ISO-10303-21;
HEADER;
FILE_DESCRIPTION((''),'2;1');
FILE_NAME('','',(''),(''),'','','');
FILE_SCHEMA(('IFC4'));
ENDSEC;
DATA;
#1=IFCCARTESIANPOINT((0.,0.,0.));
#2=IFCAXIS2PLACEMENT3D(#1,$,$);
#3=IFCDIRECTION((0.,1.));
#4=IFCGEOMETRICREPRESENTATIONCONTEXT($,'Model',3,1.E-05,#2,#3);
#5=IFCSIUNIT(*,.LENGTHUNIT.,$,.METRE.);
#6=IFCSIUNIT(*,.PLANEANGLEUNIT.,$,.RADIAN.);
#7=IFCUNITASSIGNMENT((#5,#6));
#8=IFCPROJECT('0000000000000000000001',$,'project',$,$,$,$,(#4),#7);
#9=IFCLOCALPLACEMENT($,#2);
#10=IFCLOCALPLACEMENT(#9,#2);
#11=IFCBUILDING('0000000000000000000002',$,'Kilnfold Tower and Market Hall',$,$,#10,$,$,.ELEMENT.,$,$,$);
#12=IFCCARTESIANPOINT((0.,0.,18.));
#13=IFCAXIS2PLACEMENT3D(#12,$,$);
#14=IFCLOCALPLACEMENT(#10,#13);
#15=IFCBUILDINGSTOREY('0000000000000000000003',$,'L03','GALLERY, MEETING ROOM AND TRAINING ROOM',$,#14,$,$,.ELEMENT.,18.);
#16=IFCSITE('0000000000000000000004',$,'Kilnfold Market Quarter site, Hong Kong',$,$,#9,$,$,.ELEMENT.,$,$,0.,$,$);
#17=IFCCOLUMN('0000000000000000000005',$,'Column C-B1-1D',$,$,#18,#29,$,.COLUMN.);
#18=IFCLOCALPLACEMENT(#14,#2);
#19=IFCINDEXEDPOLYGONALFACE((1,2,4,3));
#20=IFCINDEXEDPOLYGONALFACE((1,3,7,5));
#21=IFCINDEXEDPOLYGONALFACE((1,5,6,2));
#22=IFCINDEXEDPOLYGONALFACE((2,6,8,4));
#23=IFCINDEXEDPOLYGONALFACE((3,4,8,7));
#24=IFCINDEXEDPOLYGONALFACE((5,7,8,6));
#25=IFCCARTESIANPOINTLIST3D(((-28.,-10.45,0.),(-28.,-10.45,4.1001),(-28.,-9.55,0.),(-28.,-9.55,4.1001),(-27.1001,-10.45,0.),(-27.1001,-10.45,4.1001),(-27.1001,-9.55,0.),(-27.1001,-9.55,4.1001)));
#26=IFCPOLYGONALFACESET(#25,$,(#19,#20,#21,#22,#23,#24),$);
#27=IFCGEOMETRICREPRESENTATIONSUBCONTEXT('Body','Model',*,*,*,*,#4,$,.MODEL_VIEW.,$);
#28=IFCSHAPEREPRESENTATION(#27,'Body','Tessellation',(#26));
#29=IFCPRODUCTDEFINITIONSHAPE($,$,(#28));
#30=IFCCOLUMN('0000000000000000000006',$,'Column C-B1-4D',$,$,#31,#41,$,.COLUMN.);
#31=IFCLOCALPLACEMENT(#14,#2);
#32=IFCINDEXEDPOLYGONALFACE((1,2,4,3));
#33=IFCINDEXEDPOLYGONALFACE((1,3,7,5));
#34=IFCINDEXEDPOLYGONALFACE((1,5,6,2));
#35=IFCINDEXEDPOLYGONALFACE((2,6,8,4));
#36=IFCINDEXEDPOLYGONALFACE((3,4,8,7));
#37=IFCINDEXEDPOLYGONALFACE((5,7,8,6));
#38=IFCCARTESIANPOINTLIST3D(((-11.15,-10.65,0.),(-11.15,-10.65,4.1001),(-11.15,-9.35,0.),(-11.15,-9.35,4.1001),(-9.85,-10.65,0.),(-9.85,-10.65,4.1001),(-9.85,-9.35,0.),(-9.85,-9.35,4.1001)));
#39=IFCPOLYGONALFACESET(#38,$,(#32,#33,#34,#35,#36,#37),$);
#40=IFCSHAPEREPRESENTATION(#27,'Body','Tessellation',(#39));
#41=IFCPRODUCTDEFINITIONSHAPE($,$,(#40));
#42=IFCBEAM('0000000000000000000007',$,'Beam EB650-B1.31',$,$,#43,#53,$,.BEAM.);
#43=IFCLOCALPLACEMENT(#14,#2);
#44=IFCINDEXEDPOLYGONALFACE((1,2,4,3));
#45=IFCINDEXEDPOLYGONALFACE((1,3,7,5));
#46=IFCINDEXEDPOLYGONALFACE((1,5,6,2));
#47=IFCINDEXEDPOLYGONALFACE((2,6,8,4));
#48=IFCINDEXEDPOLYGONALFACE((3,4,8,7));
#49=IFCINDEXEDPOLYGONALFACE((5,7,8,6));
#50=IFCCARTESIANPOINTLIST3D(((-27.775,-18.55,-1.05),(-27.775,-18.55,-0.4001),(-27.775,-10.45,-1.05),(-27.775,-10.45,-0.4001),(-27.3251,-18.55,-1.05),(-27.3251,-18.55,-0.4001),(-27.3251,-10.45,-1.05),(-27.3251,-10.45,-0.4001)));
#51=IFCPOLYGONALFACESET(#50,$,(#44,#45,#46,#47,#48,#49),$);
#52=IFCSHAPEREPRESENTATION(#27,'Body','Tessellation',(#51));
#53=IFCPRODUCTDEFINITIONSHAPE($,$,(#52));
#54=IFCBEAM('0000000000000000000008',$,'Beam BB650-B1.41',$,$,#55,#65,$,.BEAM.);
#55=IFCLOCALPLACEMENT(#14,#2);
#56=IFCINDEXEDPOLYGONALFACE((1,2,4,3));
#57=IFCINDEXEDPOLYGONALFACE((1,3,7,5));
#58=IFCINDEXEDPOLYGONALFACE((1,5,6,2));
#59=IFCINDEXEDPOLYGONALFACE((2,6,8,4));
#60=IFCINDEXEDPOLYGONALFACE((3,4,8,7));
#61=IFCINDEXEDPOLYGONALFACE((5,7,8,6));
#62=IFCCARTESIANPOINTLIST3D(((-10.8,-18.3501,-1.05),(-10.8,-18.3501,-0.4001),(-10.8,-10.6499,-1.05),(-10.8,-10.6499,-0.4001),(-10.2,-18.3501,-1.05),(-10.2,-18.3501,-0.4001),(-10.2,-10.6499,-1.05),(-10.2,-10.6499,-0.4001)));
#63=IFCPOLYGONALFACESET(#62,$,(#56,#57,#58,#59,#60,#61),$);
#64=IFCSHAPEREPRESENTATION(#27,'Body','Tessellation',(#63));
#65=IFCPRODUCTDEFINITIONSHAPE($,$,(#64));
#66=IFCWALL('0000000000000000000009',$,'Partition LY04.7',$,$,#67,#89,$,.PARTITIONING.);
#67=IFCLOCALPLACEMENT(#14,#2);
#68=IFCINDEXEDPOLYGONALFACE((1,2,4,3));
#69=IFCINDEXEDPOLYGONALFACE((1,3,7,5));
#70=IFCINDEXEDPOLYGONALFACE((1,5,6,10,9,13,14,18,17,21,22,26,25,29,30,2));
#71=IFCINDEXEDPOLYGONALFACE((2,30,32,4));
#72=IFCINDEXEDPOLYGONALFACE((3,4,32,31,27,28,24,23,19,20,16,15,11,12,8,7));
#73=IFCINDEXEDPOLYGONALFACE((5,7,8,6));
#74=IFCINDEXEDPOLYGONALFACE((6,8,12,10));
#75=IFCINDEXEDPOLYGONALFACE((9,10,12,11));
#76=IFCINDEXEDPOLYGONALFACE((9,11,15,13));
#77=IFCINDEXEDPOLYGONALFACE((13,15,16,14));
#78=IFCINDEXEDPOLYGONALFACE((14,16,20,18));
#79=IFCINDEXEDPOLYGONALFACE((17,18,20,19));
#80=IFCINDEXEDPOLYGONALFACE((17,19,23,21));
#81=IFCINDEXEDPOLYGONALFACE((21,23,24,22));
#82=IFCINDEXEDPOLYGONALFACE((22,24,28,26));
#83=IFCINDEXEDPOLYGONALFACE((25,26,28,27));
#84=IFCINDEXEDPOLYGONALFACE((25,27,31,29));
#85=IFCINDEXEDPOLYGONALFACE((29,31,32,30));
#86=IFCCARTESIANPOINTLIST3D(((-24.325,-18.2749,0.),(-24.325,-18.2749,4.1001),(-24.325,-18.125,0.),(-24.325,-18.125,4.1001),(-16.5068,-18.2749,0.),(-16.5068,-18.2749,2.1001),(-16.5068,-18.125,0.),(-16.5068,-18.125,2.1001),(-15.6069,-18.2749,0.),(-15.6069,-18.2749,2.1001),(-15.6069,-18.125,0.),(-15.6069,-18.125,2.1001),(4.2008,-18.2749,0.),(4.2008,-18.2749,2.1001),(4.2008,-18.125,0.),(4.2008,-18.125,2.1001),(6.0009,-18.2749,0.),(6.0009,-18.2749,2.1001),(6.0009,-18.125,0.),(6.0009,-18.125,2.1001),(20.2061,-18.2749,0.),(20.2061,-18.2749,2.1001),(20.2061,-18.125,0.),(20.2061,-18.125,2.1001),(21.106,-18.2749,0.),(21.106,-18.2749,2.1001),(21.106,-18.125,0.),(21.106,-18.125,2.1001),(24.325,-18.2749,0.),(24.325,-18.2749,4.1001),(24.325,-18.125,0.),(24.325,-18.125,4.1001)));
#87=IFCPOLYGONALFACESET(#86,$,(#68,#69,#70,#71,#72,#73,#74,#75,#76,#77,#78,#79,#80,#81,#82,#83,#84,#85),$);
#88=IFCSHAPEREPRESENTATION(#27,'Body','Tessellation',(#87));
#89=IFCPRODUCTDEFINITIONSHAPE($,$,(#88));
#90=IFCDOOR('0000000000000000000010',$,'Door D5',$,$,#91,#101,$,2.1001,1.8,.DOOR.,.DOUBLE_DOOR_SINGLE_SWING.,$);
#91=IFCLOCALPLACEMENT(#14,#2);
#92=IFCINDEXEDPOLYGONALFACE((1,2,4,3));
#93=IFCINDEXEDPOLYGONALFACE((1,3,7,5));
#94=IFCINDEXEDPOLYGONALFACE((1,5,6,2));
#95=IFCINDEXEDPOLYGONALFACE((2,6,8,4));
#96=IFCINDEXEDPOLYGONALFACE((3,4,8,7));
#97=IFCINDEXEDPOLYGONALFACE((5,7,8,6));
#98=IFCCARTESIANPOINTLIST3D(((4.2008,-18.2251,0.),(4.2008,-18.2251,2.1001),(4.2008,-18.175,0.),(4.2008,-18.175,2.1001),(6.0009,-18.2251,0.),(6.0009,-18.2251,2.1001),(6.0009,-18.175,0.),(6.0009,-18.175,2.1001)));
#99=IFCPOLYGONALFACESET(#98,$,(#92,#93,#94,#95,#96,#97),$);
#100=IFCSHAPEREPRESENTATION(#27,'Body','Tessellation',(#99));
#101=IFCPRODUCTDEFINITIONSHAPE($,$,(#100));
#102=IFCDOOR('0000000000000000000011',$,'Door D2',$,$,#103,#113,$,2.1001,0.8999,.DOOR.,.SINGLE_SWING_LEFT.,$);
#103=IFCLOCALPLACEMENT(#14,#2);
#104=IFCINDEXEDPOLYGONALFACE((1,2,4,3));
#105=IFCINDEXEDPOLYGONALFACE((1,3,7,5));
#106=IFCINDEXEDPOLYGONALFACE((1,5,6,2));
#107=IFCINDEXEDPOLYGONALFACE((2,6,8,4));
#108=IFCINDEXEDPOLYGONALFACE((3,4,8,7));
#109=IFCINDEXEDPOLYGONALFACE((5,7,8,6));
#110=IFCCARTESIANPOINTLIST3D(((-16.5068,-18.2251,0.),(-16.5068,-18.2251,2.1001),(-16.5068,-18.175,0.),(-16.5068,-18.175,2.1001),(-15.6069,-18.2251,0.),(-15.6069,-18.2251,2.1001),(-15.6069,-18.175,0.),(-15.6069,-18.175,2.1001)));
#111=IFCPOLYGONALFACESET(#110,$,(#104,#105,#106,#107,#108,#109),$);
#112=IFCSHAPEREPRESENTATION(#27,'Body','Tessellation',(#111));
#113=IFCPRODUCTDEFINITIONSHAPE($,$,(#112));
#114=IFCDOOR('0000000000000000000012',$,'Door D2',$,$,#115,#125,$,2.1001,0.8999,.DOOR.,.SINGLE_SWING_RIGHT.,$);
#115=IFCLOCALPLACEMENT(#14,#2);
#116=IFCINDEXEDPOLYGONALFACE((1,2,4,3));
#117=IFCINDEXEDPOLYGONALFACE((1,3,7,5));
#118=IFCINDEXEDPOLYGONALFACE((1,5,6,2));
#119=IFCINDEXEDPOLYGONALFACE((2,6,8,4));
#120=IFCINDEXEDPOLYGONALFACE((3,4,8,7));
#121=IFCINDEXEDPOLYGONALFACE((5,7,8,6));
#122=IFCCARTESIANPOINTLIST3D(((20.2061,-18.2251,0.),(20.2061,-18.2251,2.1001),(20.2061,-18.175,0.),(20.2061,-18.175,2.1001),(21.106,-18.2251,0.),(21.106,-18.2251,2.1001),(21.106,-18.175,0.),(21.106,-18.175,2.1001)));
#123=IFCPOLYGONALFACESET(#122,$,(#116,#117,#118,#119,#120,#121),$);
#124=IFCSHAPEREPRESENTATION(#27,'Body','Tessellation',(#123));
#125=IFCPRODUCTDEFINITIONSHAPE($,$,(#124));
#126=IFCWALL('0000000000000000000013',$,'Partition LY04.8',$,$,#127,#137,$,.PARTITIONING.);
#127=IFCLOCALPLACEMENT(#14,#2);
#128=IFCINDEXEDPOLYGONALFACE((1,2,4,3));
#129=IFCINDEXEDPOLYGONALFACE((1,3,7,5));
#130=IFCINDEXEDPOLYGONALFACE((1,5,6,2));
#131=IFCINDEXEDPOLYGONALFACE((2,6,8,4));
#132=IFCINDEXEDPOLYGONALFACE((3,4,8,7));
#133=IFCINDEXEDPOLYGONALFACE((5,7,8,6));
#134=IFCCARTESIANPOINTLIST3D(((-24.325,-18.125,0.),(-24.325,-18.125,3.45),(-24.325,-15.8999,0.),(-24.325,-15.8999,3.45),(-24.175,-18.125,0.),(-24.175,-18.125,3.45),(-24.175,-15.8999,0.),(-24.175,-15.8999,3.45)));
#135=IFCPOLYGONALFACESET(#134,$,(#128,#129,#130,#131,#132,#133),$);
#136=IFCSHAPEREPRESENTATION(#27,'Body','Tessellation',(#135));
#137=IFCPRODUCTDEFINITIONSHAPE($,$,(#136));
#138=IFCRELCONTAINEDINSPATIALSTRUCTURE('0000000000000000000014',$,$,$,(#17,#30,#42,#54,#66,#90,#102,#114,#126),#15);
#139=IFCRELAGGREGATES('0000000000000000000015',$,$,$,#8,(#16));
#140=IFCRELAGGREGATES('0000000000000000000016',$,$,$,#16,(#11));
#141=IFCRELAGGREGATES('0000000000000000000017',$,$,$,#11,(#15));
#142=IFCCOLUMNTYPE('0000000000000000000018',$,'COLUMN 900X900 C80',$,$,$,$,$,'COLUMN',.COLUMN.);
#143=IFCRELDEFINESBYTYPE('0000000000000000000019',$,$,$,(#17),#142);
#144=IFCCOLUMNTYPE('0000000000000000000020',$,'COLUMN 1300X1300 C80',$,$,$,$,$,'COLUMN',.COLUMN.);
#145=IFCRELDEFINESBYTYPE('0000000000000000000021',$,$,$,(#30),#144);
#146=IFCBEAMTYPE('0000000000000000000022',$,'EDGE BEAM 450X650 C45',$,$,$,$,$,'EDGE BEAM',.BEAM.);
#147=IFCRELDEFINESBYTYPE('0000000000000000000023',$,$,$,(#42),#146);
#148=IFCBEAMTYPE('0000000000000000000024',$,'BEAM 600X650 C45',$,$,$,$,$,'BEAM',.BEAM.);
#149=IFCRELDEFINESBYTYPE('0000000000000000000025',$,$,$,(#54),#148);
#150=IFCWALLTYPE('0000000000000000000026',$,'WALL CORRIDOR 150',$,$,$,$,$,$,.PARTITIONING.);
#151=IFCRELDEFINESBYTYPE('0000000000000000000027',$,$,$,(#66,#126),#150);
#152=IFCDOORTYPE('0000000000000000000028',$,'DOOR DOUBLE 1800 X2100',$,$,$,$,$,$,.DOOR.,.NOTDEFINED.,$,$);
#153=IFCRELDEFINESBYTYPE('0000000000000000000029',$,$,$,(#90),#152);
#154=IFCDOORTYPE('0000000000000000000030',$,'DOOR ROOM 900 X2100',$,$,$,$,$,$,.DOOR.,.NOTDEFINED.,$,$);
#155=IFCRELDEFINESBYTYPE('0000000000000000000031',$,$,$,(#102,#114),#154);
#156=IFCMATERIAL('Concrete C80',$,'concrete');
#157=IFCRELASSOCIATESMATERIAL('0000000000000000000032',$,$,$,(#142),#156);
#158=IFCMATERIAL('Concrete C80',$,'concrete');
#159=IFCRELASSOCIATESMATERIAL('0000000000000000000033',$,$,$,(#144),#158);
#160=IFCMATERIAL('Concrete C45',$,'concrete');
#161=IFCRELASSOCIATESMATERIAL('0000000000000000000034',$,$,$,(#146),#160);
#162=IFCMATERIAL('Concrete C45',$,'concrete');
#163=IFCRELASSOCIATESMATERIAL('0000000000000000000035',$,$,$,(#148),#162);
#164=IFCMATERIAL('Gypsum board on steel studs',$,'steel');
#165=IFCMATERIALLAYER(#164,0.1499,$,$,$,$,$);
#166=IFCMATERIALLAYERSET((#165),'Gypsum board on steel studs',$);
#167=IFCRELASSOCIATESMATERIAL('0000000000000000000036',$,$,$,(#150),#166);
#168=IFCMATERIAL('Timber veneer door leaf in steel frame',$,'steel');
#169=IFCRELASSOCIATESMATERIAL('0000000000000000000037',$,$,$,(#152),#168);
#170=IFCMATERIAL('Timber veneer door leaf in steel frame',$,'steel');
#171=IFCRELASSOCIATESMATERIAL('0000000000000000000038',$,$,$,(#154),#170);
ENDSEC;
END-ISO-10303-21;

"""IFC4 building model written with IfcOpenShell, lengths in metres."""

from ifc_helpers import new_model, si_unit, direction, frame, frame_2d, origin, origin_2d, place, context, subcontext, project, spatial, rectangle, extrude, source, transform, mapped, material, layer, layer_set, material_profile, profile_set, type_object, element, fill, save


model = new_model("IFC4")

# Units and contexts
model_context = context("Model", 3, precision=1e-05, world=origin(), true_north=direction((0.0, 1.0)))
body_context = subcontext(model_context, "Body", "Model", "MODEL_VIEW")
ifc_project = project(units=[si_unit("LENGTHUNIT", "METRE"), si_unit("PLANEANGLEUNIT", "RADIAN")], contexts=[model_context])

# Site, building, storey
site_placement = place(None, origin())
site = spatial("IfcSite", under=ifc_project, at=site_placement, Name="Kilnfold Market Quarter site, Hong Kong", CompositionType="ELEMENT", RefElevation=0.0)
building_placement = place(site_placement, origin())
building = spatial("IfcBuilding", under=site, at=building_placement, Name="Kilnfold Tower and Market Hall", CompositionType="ELEMENT")
storey_placement = place(building_placement, frame((0.0, 0.0, 18.0)))
storey = spatial("IfcBuildingStorey", under=building, at=storey_placement, Name="L03", Description="GALLERY, MEETING ROOM AND TRAINING ROOM", CompositionType="ELEMENT", Elevation=18.0)

# Columns
ifc_material_1 = material(Name="Concrete C80", Category="concrete")
ifc_material_profile_1 = material_profile(ifc_material_1, rectangle(XDim=0.8999, YDim=0.8999, at=origin_2d()), Name="RC 900x900")
ifc_profile_set_1 = profile_set([ifc_material_profile_1], Name="Concrete C80")
column_type_1 = type_object("IfcColumnType", Name="COLUMN 900X900 C80", ElementType="COLUMN", PredefinedType="COLUMN", material=ifc_profile_set_1)
shared_shape_1 = source(origin(), body_context, "Body", "SweptSolid", [
    extrude(rectangle(XDim=0.8999, YDim=0.8999, at=origin_2d()), origin(), (0.0, 0.0, 1.0), 4.1001),
])
column_1_placement = place(storey_placement, frame((-27.55, -10.0, 0.0), z_axis=(0.0, 0.0, 1.0), x_axis=(1.0, 0.0, 0.0)))
element("IfcColumn", 1, at=column_1_placement, inside=storey, type_object=column_type_1, Name="Column C-B1-1D", PredefinedType="COLUMN", context=body_context, shape_type="MappedRepresentation", body=[
    mapped(shared_shape_1, transform((0.0, 0.0, 0.0))),
])
ifc_material_2 = material(Name="Concrete C80", Category="concrete")
ifc_material_profile_2 = material_profile(ifc_material_2, rectangle(XDim=1.3, YDim=1.3, at=origin_2d()), Name="RC 1300x1300")
ifc_profile_set_2 = profile_set([ifc_material_profile_2], Name="Concrete C80")
column_type_2 = type_object("IfcColumnType", Name="COLUMN 1300X1300 C80", ElementType="COLUMN", PredefinedType="COLUMN", material=ifc_profile_set_2)
shared_shape_2 = source(origin(), body_context, "Body", "SweptSolid", [
    extrude(rectangle(XDim=1.3, YDim=1.3, at=origin_2d()), origin(), (0.0, 0.0, 1.0), 4.1001),
])
column_2_placement = place(storey_placement, frame((-10.5, -10.0, 0.0), z_axis=(0.0, 0.0, 1.0), x_axis=(1.0, 0.0, 0.0)))
element("IfcColumn", 2, at=column_2_placement, inside=storey, type_object=column_type_2, Name="Column C-B1-4D", PredefinedType="COLUMN", context=body_context, shape_type="MappedRepresentation", body=[
    mapped(shared_shape_2, transform((0.0, 0.0, 0.0))),
])

# Beams
ifc_material_3 = material(Name="Concrete C45", Category="concrete")
ifc_material_profile_3 = material_profile(ifc_material_3, rectangle(XDim=0.45, YDim=0.6499, at=origin_2d()), Name="RC 450x650")
ifc_profile_set_3 = profile_set([ifc_material_profile_3], Name="Concrete C45")
beam_type_1 = type_object("IfcBeamType", Name="EDGE BEAM 450X650 C45", ElementType="EDGE BEAM", PredefinedType="BEAM", material=ifc_profile_set_3)
shared_shape_3 = source(origin(), body_context, "Body", "SweptSolid", [
    extrude(rectangle(XDim=0.45, YDim=0.6499, at=origin_2d()), origin(), (0.0, 0.0, 1.0), 8.1001),
])
beam_1_placement = place(storey_placement, frame((-27.55, -18.55, -0.7251), z_axis=(0.0, 1.0, 0.0), x_axis=(-1.0, 0.0, 0.0)))
element("IfcBeam", 3, at=beam_1_placement, inside=storey, type_object=beam_type_1, Name="Beam EB650-B1.31", PredefinedType="BEAM", context=body_context, shape_type="MappedRepresentation", body=[
    mapped(shared_shape_3, transform((0.0, 0.0, 0.0))),
])
ifc_material_4 = material(Name="Concrete C45", Category="concrete")
ifc_material_profile_4 = material_profile(ifc_material_4, rectangle(XDim=0.6001, YDim=0.6499, at=origin_2d()), Name="RC 600x650")
ifc_profile_set_4 = profile_set([ifc_material_profile_4], Name="Concrete C45")
beam_type_2 = type_object("IfcBeamType", Name="BEAM 600X650 C45", ElementType="BEAM", PredefinedType="BEAM", material=ifc_profile_set_4)
shared_shape_4 = source(origin(), body_context, "Body", "SweptSolid", [
    extrude(rectangle(XDim=0.6001, YDim=0.6499, at=origin_2d()), origin(), (0.0, 0.0, 1.0), 7.7002),
])
beam_2_placement = place(storey_placement, frame((-10.5, -18.3501, -0.7251), z_axis=(0.0, 1.0, 0.0), x_axis=(-1.0, 0.0, 0.0)))
element("IfcBeam", 4, at=beam_2_placement, inside=storey, type_object=beam_type_2, Name="Beam BB650-B1.41", PredefinedType="BEAM", context=body_context, shape_type="MappedRepresentation", body=[
    mapped(shared_shape_4, transform((0.0, 0.0, 0.0))),
])

# Wall, openings, doors
ifc_material_5 = material(Name="Gypsum board on steel studs", Category="steel")
ifc_layer_1 = layer(ifc_material_5, 0.1499)
ifc_layer_set_1 = layer_set([ifc_layer_1], Name="Gypsum board on steel studs")
wall_type_1 = type_object("IfcWallType", Name="WALL CORRIDOR 150", PredefinedType="PARTITIONING", material=ifc_layer_set_1)
wall_1_placement = place(storey_placement, frame((-24.325, -18.2, 0.0), z_axis=(0.0, 0.0, 1.0), x_axis=(1.0, 0.0, 0.0)))
wall_1 = element("IfcWall", 5, at=wall_1_placement, inside=storey, type_object=wall_type_1, Name="Partition LY04.7", PredefinedType="PARTITIONING", context=body_context, shape_type="SweptSolid", body=[
    extrude(rectangle(XDim=48.6499, YDim=0.1499, at=frame_2d((24.325, 0.0))), origin(), (0.0, 0.0, 1.0), 4.1001),
])
opening_1_placement = place(wall_1_placement, frame((7.8181, 0.0, 0.0)))
opening_1 = element("IfcOpeningElement", 6, at=opening_1_placement, cuts=wall_1, PredefinedType="OPENING", context=body_context, shape_type="SweptSolid", body=[
    extrude(rectangle(XDim=0.8999, YDim=2.1001, at=frame_2d((0.45, 1.05))), frame((0.0, 0.085, 0.0), z_axis=(0.0, -1.0, 0.0), x_axis=(1.0, 0.0, 0.0)), (0.0, 0.0, 1.0), 0.1699),
])
opening_2_placement = place(wall_1_placement, frame((28.5259, 0.0, 0.0)))
opening_2 = element("IfcOpeningElement", 7, at=opening_2_placement, cuts=wall_1, PredefinedType="OPENING", context=body_context, shape_type="SweptSolid", body=[
    extrude(rectangle(XDim=1.8, YDim=2.1001, at=frame_2d((0.8999, 1.05))), frame((0.0, 0.085, 0.0), z_axis=(0.0, -1.0, 0.0), x_axis=(1.0, 0.0, 0.0)), (0.0, 0.0, 1.0), 0.1699),
])
opening_3_placement = place(wall_1_placement, frame((44.531, 0.0, 0.0)))
opening_3 = element("IfcOpeningElement", 8, at=opening_3_placement, cuts=wall_1, PredefinedType="OPENING", context=body_context, shape_type="SweptSolid", body=[
    extrude(rectangle(XDim=0.8999, YDim=2.1001, at=frame_2d((0.45, 1.05))), frame((0.0, 0.085, 0.0), z_axis=(0.0, -1.0, 0.0), x_axis=(1.0, 0.0, 0.0)), (0.0, 0.0, 1.0), 0.1699),
])
ifc_material_6 = material(Name="Timber veneer door leaf in steel frame", Category="steel")
door_type_1 = type_object("IfcDoorType", Name="DOOR DOUBLE 1800 X2100", OperationType="NOTDEFINED", PredefinedType="DOOR", material=ifc_material_6)
door_1_placement = place(opening_2_placement, origin())
door_1 = element("IfcDoor", 9, at=door_1_placement, inside=storey, type_object=door_type_1, Name="Door D5", OperationType="DOUBLE_DOOR_SINGLE_SWING", OverallHeight=2.1001, OverallWidth=1.8, PredefinedType="DOOR", context=body_context, shape_type="SweptSolid", body=[
    extrude(rectangle(XDim=1.8, YDim=2.1001, at=frame_2d((0.8999, 1.05))), frame((0.0, 0.0249, 0.0), z_axis=(0.0, -1.0, 0.0), x_axis=(1.0, 0.0, 0.0)), (0.0, 0.0, 1.0), 0.05),
])
fill(opening_2, door_1)
ifc_material_7 = material(Name="Timber veneer door leaf in steel frame", Category="steel")
door_type_2 = type_object("IfcDoorType", Name="DOOR ROOM 900 X2100", OperationType="NOTDEFINED", PredefinedType="DOOR", material=ifc_material_7)
door_2_placement = place(opening_1_placement, origin())
door_2 = element("IfcDoor", 10, at=door_2_placement, inside=storey, type_object=door_type_2, Name="Door D2", OperationType="SINGLE_SWING_LEFT", OverallHeight=2.1001, OverallWidth=0.8999, PredefinedType="DOOR", context=body_context, shape_type="SweptSolid", body=[
    extrude(rectangle(XDim=0.8999, YDim=2.1001, at=frame_2d((0.45, 1.05))), frame((0.0, 0.0249, 0.0), z_axis=(0.0, -1.0, 0.0), x_axis=(1.0, 0.0, 0.0)), (0.0, 0.0, 1.0), 0.05),
])
fill(opening_1, door_2)
door_3_placement = place(opening_3_placement, origin())
door_3 = element("IfcDoor", 11, at=door_3_placement, inside=storey, type_object=door_type_2, Name="Door D2", OperationType="SINGLE_SWING_RIGHT", OverallHeight=2.1001, OverallWidth=0.8999, PredefinedType="DOOR", context=body_context, shape_type="SweptSolid", body=[
    extrude(rectangle(XDim=0.8999, YDim=2.1001, at=frame_2d((0.45, 1.05))), frame((0.0, 0.0249, 0.0), z_axis=(0.0, -1.0, 0.0), x_axis=(1.0, 0.0, 0.0)), (0.0, 0.0, 1.0), 0.05),
])
fill(opening_3, door_3)

# Wall
wall_2_placement = place(storey_placement, frame((-24.25, -15.8999, 0.0), z_axis=(0.0, 0.0, 1.0), x_axis=(0.0, -1.0, 0.0)))
element("IfcWall", 12, at=wall_2_placement, inside=storey, type_object=wall_type_1, Name="Partition LY04.8", PredefinedType="PARTITIONING", context=body_context, shape_type="SweptSolid", body=[
    extrude(rectangle(XDim=2.2251, YDim=0.1499, at=frame_2d((1.1125, 0.0))), origin(), (0.0, 0.0, 1.0), 3.45),
])

save(model, "model.ifc")
